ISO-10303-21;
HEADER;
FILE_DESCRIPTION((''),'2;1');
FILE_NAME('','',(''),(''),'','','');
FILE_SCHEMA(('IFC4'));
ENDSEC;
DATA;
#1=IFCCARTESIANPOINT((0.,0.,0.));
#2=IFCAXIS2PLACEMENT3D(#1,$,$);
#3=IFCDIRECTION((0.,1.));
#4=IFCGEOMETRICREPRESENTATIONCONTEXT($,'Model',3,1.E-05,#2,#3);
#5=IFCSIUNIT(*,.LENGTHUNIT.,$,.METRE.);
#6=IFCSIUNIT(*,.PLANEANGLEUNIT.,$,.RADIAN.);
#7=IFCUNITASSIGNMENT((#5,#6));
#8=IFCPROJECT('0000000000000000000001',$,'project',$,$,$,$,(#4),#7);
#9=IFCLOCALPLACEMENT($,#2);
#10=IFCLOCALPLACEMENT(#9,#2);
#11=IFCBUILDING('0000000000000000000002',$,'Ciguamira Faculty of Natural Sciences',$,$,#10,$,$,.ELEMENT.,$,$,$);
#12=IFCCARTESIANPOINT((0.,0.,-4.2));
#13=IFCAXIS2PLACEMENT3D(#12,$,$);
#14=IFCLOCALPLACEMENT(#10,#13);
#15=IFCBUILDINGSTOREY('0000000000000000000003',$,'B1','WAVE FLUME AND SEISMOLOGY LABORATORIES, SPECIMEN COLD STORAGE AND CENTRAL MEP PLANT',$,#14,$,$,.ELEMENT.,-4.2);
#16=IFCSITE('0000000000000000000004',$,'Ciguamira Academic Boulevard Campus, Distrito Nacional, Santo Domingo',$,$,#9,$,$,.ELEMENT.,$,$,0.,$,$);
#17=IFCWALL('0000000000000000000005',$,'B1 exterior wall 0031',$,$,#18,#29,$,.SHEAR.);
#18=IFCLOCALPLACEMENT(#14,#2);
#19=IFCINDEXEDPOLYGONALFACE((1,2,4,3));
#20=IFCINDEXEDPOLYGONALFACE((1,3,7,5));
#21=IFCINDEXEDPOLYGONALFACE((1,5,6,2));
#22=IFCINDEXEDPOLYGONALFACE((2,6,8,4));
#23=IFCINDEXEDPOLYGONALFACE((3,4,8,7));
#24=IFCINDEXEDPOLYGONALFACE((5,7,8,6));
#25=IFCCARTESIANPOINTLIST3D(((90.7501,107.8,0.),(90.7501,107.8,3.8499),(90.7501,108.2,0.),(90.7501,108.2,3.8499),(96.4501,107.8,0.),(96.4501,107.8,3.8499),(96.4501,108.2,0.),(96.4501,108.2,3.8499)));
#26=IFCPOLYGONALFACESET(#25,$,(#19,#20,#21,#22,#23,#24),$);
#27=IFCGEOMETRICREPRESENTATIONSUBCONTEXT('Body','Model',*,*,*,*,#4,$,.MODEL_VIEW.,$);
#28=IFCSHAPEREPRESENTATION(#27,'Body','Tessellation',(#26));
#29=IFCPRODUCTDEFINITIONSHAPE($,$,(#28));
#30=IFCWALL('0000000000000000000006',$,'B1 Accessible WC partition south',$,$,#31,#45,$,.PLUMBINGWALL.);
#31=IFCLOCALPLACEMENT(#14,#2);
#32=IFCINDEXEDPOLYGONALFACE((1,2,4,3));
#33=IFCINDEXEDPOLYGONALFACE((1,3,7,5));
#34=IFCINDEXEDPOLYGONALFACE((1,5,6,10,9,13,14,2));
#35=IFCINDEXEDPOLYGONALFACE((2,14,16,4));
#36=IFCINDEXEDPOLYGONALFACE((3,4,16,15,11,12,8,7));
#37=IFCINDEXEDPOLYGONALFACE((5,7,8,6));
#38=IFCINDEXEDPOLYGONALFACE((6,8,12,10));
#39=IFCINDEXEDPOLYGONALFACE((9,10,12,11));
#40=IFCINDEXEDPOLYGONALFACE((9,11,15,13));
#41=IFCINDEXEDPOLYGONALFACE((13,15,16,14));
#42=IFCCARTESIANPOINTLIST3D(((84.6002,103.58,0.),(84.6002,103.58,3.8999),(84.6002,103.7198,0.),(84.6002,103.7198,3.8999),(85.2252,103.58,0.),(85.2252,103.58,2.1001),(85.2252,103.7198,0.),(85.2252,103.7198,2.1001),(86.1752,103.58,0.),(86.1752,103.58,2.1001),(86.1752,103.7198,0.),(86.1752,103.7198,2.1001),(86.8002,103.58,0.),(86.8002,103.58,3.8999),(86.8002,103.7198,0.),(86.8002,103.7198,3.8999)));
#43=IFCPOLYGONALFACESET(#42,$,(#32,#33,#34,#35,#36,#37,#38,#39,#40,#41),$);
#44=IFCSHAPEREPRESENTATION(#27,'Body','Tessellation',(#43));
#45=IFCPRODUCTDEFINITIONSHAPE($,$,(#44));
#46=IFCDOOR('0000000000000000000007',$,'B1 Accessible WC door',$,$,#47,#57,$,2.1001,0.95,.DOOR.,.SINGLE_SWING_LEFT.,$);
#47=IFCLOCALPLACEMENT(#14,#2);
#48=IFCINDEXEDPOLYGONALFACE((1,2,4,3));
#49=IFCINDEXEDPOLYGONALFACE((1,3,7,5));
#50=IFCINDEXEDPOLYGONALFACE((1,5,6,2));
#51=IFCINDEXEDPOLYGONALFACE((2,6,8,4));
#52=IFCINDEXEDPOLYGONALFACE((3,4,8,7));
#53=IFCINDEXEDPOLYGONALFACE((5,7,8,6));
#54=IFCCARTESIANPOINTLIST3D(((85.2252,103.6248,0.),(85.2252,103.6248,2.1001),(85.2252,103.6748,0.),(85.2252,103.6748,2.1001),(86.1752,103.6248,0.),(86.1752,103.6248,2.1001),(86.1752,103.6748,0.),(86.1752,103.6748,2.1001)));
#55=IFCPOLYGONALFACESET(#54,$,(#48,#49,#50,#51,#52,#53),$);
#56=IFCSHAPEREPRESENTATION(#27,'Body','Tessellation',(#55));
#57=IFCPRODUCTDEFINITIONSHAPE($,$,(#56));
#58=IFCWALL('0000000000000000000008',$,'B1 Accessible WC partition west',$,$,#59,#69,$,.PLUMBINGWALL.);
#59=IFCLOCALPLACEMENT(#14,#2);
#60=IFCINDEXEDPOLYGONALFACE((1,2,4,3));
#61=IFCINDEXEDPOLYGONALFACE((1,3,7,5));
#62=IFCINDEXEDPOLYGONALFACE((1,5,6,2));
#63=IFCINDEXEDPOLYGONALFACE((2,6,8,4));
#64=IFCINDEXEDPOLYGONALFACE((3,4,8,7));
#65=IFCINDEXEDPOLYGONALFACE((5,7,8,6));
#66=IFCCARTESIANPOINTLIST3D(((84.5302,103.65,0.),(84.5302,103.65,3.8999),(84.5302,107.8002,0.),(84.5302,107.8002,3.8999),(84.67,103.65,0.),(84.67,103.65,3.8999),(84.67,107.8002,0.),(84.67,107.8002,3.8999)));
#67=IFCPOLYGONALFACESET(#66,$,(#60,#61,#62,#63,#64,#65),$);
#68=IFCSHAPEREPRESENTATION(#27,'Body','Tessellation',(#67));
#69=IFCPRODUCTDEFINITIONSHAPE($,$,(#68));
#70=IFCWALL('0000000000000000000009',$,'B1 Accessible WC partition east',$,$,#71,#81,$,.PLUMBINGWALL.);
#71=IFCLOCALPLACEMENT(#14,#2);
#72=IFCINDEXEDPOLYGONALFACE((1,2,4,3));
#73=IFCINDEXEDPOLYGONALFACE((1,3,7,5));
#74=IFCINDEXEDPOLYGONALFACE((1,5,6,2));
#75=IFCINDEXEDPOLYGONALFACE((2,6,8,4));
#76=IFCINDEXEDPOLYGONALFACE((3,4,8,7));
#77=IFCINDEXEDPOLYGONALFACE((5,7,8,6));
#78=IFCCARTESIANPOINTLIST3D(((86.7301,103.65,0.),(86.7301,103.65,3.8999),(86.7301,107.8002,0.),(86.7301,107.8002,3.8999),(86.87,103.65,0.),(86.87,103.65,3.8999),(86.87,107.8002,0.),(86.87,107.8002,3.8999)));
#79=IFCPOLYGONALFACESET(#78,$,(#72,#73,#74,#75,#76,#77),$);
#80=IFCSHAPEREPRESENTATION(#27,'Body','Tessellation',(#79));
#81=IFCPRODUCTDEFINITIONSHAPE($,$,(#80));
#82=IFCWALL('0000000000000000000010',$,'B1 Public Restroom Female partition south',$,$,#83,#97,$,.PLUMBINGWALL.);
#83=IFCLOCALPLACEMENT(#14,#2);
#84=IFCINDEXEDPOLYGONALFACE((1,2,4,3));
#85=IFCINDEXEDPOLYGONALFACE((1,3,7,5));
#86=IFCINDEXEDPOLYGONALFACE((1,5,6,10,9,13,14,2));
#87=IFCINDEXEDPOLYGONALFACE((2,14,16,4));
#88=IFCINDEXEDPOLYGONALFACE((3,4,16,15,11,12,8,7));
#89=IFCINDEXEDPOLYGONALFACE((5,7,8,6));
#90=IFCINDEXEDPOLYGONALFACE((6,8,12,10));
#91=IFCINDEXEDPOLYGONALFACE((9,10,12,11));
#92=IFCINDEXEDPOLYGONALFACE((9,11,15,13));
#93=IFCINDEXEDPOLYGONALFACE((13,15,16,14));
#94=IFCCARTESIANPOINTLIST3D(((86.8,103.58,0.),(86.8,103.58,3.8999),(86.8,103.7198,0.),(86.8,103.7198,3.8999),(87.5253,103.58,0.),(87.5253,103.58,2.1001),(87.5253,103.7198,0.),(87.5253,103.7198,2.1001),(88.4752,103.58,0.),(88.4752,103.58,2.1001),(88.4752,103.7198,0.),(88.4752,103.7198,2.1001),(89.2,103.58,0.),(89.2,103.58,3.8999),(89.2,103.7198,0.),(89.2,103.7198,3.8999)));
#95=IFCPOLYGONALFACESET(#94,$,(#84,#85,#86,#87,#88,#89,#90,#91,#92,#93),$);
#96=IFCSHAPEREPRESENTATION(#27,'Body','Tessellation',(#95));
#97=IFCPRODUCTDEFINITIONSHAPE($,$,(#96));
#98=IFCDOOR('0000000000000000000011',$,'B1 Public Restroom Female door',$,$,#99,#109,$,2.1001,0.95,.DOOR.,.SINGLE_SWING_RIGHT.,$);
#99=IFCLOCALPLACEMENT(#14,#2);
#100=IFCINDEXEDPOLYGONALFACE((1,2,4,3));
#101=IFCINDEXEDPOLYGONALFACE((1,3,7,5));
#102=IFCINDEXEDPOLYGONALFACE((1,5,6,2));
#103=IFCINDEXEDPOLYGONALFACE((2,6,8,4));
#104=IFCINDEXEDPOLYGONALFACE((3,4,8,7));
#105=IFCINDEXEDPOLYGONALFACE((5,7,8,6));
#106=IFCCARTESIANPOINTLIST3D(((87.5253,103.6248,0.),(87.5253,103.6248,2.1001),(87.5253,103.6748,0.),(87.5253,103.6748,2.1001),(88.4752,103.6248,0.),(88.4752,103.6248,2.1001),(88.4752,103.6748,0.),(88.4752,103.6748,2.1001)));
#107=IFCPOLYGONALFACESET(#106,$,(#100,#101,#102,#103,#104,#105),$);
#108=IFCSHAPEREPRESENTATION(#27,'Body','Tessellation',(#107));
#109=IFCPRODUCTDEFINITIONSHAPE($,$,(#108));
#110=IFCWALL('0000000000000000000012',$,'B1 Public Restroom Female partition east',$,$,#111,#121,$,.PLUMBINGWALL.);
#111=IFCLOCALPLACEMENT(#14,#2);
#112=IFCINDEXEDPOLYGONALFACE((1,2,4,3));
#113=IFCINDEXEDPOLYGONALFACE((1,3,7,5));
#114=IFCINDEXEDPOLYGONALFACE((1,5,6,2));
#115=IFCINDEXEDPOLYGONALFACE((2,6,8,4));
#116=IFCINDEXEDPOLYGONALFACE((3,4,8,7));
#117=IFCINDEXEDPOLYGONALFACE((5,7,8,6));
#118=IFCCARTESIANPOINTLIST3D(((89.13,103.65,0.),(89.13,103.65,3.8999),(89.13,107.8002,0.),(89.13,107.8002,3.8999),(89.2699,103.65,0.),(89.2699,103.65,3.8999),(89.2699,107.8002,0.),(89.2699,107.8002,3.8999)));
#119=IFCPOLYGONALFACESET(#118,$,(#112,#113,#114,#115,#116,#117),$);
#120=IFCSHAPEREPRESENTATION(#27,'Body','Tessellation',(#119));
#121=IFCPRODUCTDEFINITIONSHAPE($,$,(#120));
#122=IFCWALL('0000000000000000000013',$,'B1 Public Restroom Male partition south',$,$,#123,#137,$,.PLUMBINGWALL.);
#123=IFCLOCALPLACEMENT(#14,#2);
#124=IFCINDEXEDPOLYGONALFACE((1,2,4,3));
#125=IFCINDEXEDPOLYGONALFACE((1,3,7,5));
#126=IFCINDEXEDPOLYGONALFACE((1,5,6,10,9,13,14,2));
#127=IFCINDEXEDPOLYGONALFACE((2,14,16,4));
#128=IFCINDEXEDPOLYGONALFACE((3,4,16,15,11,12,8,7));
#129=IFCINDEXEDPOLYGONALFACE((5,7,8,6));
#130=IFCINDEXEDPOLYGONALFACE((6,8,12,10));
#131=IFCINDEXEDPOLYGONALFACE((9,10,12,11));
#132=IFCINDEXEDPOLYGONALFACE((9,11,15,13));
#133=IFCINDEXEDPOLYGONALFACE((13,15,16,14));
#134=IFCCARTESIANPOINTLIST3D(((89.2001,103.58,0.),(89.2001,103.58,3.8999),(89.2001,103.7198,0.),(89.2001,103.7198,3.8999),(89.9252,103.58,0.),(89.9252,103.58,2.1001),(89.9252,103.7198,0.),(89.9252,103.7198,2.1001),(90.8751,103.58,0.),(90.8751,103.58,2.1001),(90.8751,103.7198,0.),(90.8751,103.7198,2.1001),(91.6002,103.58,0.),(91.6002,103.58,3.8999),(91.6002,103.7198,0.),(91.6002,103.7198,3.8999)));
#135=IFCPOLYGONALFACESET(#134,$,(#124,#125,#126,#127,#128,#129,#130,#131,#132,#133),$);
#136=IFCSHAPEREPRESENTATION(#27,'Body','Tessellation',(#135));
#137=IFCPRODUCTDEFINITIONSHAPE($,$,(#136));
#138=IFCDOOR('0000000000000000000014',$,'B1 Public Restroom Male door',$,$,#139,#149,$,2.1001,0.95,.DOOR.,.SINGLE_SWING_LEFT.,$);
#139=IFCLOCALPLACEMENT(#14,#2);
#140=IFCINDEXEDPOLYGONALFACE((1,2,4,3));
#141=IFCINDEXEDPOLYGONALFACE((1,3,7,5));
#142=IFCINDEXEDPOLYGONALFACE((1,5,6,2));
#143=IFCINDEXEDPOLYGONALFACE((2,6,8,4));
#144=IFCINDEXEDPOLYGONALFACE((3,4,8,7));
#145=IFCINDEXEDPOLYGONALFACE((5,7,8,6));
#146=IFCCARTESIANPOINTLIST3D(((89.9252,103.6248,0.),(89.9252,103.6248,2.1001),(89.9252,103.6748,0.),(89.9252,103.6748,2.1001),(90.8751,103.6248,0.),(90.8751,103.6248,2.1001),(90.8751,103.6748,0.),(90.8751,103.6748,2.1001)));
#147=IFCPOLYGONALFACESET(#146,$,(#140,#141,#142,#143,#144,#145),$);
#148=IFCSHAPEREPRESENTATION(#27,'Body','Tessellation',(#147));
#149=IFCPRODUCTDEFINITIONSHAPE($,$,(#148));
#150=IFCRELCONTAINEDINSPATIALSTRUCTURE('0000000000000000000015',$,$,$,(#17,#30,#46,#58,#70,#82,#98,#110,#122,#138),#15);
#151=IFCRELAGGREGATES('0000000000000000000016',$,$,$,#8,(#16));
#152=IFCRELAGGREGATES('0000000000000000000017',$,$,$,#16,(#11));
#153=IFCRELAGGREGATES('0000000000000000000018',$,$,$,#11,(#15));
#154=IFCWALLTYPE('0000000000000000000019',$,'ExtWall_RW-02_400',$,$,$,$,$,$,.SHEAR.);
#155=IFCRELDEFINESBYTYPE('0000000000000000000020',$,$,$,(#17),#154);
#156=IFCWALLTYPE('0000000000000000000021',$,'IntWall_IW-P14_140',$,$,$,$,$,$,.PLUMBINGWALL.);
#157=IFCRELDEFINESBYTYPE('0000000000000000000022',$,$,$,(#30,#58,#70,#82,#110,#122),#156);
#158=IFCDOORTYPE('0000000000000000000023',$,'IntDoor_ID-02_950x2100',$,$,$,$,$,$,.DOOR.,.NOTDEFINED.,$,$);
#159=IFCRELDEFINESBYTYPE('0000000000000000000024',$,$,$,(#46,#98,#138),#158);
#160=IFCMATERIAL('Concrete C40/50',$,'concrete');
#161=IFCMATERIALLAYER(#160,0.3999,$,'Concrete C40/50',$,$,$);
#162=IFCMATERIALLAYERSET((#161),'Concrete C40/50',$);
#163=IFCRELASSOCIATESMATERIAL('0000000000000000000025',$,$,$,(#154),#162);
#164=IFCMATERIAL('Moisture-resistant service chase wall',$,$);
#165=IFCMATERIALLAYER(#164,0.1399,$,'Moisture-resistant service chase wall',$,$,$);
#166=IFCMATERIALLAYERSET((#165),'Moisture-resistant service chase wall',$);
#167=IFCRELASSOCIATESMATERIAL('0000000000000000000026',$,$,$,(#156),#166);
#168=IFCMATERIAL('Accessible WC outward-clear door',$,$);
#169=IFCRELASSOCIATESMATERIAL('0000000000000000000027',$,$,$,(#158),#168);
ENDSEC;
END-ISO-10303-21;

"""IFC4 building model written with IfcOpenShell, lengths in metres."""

from ifc_helpers import new_model, si_unit, direction, frame, frame_2d, origin, place, context, subcontext, project, spatial, rectangle, extrude, material, layer, layer_set, type_object, element, fill, save


model = new_model("IFC4")

# Units and contexts
model_context = context("Model", 3, precision=1e-05, world=origin(), true_north=direction((0.0, 1.0)))
body_context = subcontext(model_context, "Body", "Model", "MODEL_VIEW")
ifc_project = project(units=[si_unit("LENGTHUNIT", "METRE"), si_unit("PLANEANGLEUNIT", "RADIAN")], contexts=[model_context])

# Site, building, storey
site_placement = place(None, origin())
site = spatial("IfcSite", under=ifc_project, at=site_placement, Name="Ciguamira Academic Boulevard Campus, Distrito Nacional, Santo Domingo", CompositionType="ELEMENT", RefElevation=0.0)
building_placement = place(site_placement, origin())
building = spatial("IfcBuilding", under=site, at=building_placement, Name="Ciguamira Faculty of Natural Sciences", CompositionType="ELEMENT")
storey_placement = place(building_placement, frame((0.0, 0.0, -4.2)))
storey = spatial("IfcBuildingStorey", under=building, at=storey_placement, Name="B1", Description="WAVE FLUME AND SEISMOLOGY LABORATORIES, SPECIMEN COLD STORAGE AND CENTRAL MEP PLANT", CompositionType="ELEMENT", Elevation=-4.2)

# Wall
ifc_material_1 = material(Name="Concrete C40/50", Category="concrete")
ifc_layer_1 = layer(ifc_material_1, 0.3999, Name="Concrete C40/50")
ifc_layer_set_1 = layer_set([ifc_layer_1], Name="Concrete C40/50")
wall_type_1 = type_object("IfcWallType", Name="ExtWall_RW-02_400", PredefinedType="SHEAR", material=ifc_layer_set_1)
wall_1_placement = place(storey_placement, frame((90.75, 108.0, 0.0), z_axis=(0.0, 0.0, 1.0), x_axis=(1.0, 0.0, 0.0)))
element("IfcWall", 1, at=wall_1_placement, inside=storey, type_object=wall_type_1, Name="B1 exterior wall 0031", PredefinedType="SHEAR", context=body_context, shape_type="SweptSolid", body=[
    extrude(rectangle(XDim=5.7, YDim=0.3999, at=frame_2d((2.8501, 0.0))), origin(), (0.0, 0.0, 1.0), 3.8499),
])

# Wall, opening, door
ifc_material_2 = material(Name="Moisture-resistant service chase wall")
ifc_layer_2 = layer(ifc_material_2, 0.1399, Name="Moisture-resistant service chase wall")
ifc_layer_set_2 = layer_set([ifc_layer_2], Name="Moisture-resistant service chase wall")
wall_type_2 = type_object("IfcWallType", Name="IntWall_IW-P14_140", PredefinedType="PLUMBINGWALL", material=ifc_layer_set_2)
wall_2_placement = place(storey_placement, frame((84.6001, 103.6499, 0.0), z_axis=(0.0, 0.0, 1.0), x_axis=(1.0, 0.0, 0.0)))
wall_2 = element("IfcWall", 2, at=wall_2_placement, inside=storey, type_object=wall_type_2, Name="B1 Accessible WC partition south", PredefinedType="PLUMBINGWALL", context=body_context, shape_type="SweptSolid", body=[
    extrude(rectangle(XDim=2.2, YDim=0.1399, at=frame_2d((1.1001, 0.0))), origin(), (0.0, 0.0, 1.0), 3.8999),
])
opening_1_placement = place(wall_2_placement, frame((0.625, 0.0, 0.0)))
opening_1 = element("IfcOpeningElement", 3, at=opening_1_placement, cuts=wall_2, PredefinedType="OPENING", context=body_context, shape_type="SweptSolid", body=[
    extrude(rectangle(XDim=0.95, YDim=2.1001, at=frame_2d((0.4751, 1.05))), frame((0.0, 0.0798, 0.0), z_axis=(0.0, -1.0, 0.0), x_axis=(1.0, 0.0, 0.0)), (0.0, 0.0, 1.0), 0.1599),
])
ifc_material_3 = material(Name="Accessible WC outward-clear door")
door_type = type_object("IfcDoorType", Name="IntDoor_ID-02_950x2100", OperationType="NOTDEFINED", PredefinedType="DOOR", material=ifc_material_3)
door_1_placement = place(opening_1_placement, origin())
door_1 = element("IfcDoor", 4, at=door_1_placement, inside=storey, type_object=door_type, Name="B1 Accessible WC door", OperationType="SINGLE_SWING_LEFT", OverallHeight=2.1001, OverallWidth=0.95, PredefinedType="DOOR", context=body_context, shape_type="SweptSolid", body=[
    extrude(rectangle(XDim=0.95, YDim=2.1001, at=frame_2d((0.4751, 1.05))), frame((0.0, 0.0249, 0.0), z_axis=(0.0, -1.0, 0.0), x_axis=(1.0, 0.0, 0.0)), (0.0, 0.0, 1.0), 0.05),
])
fill(opening_1, door_1)

# Walls
for number, where, z_axis, x_axis, name in (
    (5, (84.6001, 103.6499, 0.0), (0.0, 0.0, 1.0), (0.0, 1.0, 0.0), "B1 Accessible WC partition west"),
    (6, (86.8, 103.6499, 0.0), (0.0, 0.0, 1.0), (0.0, 1.0, 0.0), "B1 Accessible WC partition east"),
):
    element("IfcWall", number, at=place(storey_placement, frame(where, z_axis=z_axis, x_axis=x_axis)), inside=storey, type_object=wall_type_2, Name=name, PredefinedType="PLUMBINGWALL", context=body_context, shape_type="SweptSolid", body=[
        extrude(rectangle(XDim=4.1501, YDim=0.1399, at=frame_2d((2.0752, 0.0))), origin(), (0.0, 0.0, 1.0), 3.8999),
    ])

# Wall, opening, door
wall_3_placement = place(storey_placement, frame((86.8, 103.6499, 0.0), z_axis=(0.0, 0.0, 1.0), x_axis=(1.0, 0.0, 0.0)))
wall_3 = element("IfcWall", 7, at=wall_3_placement, inside=storey, type_object=wall_type_2, Name="B1 Public Restroom Female partition south", PredefinedType="PLUMBINGWALL", context=body_context, shape_type="SweptSolid", body=[
    extrude(rectangle(XDim=2.3999, YDim=0.1399, at=frame_2d((1.2, 0.0))), origin(), (0.0, 0.0, 1.0), 3.8999),
])
opening_2_placement = place(wall_3_placement, frame((0.7251, 0.0, 0.0)))
opening_2 = element("IfcOpeningElement", 8, at=opening_2_placement, cuts=wall_3, PredefinedType="OPENING", context=body_context, shape_type="SweptSolid", body=[
    extrude(rectangle(XDim=0.95, YDim=2.1001, at=frame_2d((0.4751, 1.05))), frame((0.0, 0.0798, 0.0), z_axis=(0.0, -1.0, 0.0), x_axis=(1.0, 0.0, 0.0)), (0.0, 0.0, 1.0), 0.1599),
])
door_2_placement = place(opening_2_placement, origin())
door_2 = element("IfcDoor", 9, at=door_2_placement, inside=storey, type_object=door_type, Name="B1 Public Restroom Female door", OperationType="SINGLE_SWING_RIGHT", OverallHeight=2.1001, OverallWidth=0.95, PredefinedType="DOOR", context=body_context, shape_type="SweptSolid", body=[
    extrude(rectangle(XDim=0.95, YDim=2.1001, at=frame_2d((0.4751, 1.05))), frame((0.0, 0.0249, 0.0), z_axis=(0.0, -1.0, 0.0), x_axis=(1.0, 0.0, 0.0)), (0.0, 0.0, 1.0), 0.05),
])
fill(opening_2, door_2)

# Wall
wall_4_placement = place(storey_placement, frame((89.2, 103.6499, 0.0), z_axis=(0.0, 0.0, 1.0), x_axis=(0.0, 1.0, 0.0)))
element("IfcWall", 10, at=wall_4_placement, inside=storey, type_object=wall_type_2, Name="B1 Public Restroom Female partition east", PredefinedType="PLUMBINGWALL", context=body_context, shape_type="SweptSolid", body=[
    extrude(rectangle(XDim=4.1501, YDim=0.1399, at=frame_2d((2.0752, 0.0))), origin(), (0.0, 0.0, 1.0), 3.8999),
])

# Wall, opening, door
wall_5_placement = place(storey_placement, frame((89.2, 103.6499, 0.0), z_axis=(0.0, 0.0, 1.0), x_axis=(1.0, 0.0, 0.0)))
wall_5 = element("IfcWall", 11, at=wall_5_placement, inside=storey, type_object=wall_type_2, Name="B1 Public Restroom Male partition south", PredefinedType="PLUMBINGWALL", context=body_context, shape_type="SweptSolid", body=[
    extrude(rectangle(XDim=2.4001, YDim=0.1399, at=frame_2d((1.2002, 0.0))), origin(), (0.0, 0.0, 1.0), 3.8999),
])
opening_3_placement = place(wall_5_placement, frame((0.7251, 0.0, 0.0)))
opening_3 = element("IfcOpeningElement", 12, at=opening_3_placement, cuts=wall_5, PredefinedType="OPENING", context=body_context, shape_type="SweptSolid", body=[
    extrude(rectangle(XDim=0.95, YDim=2.1001, at=frame_2d((0.4751, 1.05))), frame((0.0, 0.0798, 0.0), z_axis=(0.0, -1.0, 0.0), x_axis=(1.0, 0.0, 0.0)), (0.0, 0.0, 1.0), 0.1599),
])
door_3_placement = place(opening_3_placement, origin())
door_3 = element("IfcDoor", 13, at=door_3_placement, inside=storey, type_object=door_type, Name="B1 Public Restroom Male door", OperationType="SINGLE_SWING_LEFT", OverallHeight=2.1001, OverallWidth=0.95, PredefinedType="DOOR", context=body_context, shape_type="SweptSolid", body=[
    extrude(rectangle(XDim=0.95, YDim=2.1001, at=frame_2d((0.4751, 1.05))), frame((0.0, 0.0249, 0.0), z_axis=(0.0, -1.0, 0.0), x_axis=(1.0, 0.0, 0.0)), (0.0, 0.0, 1.0), 0.05),
])
fill(opening_3, door_3)

save(model, "model.ifc")
